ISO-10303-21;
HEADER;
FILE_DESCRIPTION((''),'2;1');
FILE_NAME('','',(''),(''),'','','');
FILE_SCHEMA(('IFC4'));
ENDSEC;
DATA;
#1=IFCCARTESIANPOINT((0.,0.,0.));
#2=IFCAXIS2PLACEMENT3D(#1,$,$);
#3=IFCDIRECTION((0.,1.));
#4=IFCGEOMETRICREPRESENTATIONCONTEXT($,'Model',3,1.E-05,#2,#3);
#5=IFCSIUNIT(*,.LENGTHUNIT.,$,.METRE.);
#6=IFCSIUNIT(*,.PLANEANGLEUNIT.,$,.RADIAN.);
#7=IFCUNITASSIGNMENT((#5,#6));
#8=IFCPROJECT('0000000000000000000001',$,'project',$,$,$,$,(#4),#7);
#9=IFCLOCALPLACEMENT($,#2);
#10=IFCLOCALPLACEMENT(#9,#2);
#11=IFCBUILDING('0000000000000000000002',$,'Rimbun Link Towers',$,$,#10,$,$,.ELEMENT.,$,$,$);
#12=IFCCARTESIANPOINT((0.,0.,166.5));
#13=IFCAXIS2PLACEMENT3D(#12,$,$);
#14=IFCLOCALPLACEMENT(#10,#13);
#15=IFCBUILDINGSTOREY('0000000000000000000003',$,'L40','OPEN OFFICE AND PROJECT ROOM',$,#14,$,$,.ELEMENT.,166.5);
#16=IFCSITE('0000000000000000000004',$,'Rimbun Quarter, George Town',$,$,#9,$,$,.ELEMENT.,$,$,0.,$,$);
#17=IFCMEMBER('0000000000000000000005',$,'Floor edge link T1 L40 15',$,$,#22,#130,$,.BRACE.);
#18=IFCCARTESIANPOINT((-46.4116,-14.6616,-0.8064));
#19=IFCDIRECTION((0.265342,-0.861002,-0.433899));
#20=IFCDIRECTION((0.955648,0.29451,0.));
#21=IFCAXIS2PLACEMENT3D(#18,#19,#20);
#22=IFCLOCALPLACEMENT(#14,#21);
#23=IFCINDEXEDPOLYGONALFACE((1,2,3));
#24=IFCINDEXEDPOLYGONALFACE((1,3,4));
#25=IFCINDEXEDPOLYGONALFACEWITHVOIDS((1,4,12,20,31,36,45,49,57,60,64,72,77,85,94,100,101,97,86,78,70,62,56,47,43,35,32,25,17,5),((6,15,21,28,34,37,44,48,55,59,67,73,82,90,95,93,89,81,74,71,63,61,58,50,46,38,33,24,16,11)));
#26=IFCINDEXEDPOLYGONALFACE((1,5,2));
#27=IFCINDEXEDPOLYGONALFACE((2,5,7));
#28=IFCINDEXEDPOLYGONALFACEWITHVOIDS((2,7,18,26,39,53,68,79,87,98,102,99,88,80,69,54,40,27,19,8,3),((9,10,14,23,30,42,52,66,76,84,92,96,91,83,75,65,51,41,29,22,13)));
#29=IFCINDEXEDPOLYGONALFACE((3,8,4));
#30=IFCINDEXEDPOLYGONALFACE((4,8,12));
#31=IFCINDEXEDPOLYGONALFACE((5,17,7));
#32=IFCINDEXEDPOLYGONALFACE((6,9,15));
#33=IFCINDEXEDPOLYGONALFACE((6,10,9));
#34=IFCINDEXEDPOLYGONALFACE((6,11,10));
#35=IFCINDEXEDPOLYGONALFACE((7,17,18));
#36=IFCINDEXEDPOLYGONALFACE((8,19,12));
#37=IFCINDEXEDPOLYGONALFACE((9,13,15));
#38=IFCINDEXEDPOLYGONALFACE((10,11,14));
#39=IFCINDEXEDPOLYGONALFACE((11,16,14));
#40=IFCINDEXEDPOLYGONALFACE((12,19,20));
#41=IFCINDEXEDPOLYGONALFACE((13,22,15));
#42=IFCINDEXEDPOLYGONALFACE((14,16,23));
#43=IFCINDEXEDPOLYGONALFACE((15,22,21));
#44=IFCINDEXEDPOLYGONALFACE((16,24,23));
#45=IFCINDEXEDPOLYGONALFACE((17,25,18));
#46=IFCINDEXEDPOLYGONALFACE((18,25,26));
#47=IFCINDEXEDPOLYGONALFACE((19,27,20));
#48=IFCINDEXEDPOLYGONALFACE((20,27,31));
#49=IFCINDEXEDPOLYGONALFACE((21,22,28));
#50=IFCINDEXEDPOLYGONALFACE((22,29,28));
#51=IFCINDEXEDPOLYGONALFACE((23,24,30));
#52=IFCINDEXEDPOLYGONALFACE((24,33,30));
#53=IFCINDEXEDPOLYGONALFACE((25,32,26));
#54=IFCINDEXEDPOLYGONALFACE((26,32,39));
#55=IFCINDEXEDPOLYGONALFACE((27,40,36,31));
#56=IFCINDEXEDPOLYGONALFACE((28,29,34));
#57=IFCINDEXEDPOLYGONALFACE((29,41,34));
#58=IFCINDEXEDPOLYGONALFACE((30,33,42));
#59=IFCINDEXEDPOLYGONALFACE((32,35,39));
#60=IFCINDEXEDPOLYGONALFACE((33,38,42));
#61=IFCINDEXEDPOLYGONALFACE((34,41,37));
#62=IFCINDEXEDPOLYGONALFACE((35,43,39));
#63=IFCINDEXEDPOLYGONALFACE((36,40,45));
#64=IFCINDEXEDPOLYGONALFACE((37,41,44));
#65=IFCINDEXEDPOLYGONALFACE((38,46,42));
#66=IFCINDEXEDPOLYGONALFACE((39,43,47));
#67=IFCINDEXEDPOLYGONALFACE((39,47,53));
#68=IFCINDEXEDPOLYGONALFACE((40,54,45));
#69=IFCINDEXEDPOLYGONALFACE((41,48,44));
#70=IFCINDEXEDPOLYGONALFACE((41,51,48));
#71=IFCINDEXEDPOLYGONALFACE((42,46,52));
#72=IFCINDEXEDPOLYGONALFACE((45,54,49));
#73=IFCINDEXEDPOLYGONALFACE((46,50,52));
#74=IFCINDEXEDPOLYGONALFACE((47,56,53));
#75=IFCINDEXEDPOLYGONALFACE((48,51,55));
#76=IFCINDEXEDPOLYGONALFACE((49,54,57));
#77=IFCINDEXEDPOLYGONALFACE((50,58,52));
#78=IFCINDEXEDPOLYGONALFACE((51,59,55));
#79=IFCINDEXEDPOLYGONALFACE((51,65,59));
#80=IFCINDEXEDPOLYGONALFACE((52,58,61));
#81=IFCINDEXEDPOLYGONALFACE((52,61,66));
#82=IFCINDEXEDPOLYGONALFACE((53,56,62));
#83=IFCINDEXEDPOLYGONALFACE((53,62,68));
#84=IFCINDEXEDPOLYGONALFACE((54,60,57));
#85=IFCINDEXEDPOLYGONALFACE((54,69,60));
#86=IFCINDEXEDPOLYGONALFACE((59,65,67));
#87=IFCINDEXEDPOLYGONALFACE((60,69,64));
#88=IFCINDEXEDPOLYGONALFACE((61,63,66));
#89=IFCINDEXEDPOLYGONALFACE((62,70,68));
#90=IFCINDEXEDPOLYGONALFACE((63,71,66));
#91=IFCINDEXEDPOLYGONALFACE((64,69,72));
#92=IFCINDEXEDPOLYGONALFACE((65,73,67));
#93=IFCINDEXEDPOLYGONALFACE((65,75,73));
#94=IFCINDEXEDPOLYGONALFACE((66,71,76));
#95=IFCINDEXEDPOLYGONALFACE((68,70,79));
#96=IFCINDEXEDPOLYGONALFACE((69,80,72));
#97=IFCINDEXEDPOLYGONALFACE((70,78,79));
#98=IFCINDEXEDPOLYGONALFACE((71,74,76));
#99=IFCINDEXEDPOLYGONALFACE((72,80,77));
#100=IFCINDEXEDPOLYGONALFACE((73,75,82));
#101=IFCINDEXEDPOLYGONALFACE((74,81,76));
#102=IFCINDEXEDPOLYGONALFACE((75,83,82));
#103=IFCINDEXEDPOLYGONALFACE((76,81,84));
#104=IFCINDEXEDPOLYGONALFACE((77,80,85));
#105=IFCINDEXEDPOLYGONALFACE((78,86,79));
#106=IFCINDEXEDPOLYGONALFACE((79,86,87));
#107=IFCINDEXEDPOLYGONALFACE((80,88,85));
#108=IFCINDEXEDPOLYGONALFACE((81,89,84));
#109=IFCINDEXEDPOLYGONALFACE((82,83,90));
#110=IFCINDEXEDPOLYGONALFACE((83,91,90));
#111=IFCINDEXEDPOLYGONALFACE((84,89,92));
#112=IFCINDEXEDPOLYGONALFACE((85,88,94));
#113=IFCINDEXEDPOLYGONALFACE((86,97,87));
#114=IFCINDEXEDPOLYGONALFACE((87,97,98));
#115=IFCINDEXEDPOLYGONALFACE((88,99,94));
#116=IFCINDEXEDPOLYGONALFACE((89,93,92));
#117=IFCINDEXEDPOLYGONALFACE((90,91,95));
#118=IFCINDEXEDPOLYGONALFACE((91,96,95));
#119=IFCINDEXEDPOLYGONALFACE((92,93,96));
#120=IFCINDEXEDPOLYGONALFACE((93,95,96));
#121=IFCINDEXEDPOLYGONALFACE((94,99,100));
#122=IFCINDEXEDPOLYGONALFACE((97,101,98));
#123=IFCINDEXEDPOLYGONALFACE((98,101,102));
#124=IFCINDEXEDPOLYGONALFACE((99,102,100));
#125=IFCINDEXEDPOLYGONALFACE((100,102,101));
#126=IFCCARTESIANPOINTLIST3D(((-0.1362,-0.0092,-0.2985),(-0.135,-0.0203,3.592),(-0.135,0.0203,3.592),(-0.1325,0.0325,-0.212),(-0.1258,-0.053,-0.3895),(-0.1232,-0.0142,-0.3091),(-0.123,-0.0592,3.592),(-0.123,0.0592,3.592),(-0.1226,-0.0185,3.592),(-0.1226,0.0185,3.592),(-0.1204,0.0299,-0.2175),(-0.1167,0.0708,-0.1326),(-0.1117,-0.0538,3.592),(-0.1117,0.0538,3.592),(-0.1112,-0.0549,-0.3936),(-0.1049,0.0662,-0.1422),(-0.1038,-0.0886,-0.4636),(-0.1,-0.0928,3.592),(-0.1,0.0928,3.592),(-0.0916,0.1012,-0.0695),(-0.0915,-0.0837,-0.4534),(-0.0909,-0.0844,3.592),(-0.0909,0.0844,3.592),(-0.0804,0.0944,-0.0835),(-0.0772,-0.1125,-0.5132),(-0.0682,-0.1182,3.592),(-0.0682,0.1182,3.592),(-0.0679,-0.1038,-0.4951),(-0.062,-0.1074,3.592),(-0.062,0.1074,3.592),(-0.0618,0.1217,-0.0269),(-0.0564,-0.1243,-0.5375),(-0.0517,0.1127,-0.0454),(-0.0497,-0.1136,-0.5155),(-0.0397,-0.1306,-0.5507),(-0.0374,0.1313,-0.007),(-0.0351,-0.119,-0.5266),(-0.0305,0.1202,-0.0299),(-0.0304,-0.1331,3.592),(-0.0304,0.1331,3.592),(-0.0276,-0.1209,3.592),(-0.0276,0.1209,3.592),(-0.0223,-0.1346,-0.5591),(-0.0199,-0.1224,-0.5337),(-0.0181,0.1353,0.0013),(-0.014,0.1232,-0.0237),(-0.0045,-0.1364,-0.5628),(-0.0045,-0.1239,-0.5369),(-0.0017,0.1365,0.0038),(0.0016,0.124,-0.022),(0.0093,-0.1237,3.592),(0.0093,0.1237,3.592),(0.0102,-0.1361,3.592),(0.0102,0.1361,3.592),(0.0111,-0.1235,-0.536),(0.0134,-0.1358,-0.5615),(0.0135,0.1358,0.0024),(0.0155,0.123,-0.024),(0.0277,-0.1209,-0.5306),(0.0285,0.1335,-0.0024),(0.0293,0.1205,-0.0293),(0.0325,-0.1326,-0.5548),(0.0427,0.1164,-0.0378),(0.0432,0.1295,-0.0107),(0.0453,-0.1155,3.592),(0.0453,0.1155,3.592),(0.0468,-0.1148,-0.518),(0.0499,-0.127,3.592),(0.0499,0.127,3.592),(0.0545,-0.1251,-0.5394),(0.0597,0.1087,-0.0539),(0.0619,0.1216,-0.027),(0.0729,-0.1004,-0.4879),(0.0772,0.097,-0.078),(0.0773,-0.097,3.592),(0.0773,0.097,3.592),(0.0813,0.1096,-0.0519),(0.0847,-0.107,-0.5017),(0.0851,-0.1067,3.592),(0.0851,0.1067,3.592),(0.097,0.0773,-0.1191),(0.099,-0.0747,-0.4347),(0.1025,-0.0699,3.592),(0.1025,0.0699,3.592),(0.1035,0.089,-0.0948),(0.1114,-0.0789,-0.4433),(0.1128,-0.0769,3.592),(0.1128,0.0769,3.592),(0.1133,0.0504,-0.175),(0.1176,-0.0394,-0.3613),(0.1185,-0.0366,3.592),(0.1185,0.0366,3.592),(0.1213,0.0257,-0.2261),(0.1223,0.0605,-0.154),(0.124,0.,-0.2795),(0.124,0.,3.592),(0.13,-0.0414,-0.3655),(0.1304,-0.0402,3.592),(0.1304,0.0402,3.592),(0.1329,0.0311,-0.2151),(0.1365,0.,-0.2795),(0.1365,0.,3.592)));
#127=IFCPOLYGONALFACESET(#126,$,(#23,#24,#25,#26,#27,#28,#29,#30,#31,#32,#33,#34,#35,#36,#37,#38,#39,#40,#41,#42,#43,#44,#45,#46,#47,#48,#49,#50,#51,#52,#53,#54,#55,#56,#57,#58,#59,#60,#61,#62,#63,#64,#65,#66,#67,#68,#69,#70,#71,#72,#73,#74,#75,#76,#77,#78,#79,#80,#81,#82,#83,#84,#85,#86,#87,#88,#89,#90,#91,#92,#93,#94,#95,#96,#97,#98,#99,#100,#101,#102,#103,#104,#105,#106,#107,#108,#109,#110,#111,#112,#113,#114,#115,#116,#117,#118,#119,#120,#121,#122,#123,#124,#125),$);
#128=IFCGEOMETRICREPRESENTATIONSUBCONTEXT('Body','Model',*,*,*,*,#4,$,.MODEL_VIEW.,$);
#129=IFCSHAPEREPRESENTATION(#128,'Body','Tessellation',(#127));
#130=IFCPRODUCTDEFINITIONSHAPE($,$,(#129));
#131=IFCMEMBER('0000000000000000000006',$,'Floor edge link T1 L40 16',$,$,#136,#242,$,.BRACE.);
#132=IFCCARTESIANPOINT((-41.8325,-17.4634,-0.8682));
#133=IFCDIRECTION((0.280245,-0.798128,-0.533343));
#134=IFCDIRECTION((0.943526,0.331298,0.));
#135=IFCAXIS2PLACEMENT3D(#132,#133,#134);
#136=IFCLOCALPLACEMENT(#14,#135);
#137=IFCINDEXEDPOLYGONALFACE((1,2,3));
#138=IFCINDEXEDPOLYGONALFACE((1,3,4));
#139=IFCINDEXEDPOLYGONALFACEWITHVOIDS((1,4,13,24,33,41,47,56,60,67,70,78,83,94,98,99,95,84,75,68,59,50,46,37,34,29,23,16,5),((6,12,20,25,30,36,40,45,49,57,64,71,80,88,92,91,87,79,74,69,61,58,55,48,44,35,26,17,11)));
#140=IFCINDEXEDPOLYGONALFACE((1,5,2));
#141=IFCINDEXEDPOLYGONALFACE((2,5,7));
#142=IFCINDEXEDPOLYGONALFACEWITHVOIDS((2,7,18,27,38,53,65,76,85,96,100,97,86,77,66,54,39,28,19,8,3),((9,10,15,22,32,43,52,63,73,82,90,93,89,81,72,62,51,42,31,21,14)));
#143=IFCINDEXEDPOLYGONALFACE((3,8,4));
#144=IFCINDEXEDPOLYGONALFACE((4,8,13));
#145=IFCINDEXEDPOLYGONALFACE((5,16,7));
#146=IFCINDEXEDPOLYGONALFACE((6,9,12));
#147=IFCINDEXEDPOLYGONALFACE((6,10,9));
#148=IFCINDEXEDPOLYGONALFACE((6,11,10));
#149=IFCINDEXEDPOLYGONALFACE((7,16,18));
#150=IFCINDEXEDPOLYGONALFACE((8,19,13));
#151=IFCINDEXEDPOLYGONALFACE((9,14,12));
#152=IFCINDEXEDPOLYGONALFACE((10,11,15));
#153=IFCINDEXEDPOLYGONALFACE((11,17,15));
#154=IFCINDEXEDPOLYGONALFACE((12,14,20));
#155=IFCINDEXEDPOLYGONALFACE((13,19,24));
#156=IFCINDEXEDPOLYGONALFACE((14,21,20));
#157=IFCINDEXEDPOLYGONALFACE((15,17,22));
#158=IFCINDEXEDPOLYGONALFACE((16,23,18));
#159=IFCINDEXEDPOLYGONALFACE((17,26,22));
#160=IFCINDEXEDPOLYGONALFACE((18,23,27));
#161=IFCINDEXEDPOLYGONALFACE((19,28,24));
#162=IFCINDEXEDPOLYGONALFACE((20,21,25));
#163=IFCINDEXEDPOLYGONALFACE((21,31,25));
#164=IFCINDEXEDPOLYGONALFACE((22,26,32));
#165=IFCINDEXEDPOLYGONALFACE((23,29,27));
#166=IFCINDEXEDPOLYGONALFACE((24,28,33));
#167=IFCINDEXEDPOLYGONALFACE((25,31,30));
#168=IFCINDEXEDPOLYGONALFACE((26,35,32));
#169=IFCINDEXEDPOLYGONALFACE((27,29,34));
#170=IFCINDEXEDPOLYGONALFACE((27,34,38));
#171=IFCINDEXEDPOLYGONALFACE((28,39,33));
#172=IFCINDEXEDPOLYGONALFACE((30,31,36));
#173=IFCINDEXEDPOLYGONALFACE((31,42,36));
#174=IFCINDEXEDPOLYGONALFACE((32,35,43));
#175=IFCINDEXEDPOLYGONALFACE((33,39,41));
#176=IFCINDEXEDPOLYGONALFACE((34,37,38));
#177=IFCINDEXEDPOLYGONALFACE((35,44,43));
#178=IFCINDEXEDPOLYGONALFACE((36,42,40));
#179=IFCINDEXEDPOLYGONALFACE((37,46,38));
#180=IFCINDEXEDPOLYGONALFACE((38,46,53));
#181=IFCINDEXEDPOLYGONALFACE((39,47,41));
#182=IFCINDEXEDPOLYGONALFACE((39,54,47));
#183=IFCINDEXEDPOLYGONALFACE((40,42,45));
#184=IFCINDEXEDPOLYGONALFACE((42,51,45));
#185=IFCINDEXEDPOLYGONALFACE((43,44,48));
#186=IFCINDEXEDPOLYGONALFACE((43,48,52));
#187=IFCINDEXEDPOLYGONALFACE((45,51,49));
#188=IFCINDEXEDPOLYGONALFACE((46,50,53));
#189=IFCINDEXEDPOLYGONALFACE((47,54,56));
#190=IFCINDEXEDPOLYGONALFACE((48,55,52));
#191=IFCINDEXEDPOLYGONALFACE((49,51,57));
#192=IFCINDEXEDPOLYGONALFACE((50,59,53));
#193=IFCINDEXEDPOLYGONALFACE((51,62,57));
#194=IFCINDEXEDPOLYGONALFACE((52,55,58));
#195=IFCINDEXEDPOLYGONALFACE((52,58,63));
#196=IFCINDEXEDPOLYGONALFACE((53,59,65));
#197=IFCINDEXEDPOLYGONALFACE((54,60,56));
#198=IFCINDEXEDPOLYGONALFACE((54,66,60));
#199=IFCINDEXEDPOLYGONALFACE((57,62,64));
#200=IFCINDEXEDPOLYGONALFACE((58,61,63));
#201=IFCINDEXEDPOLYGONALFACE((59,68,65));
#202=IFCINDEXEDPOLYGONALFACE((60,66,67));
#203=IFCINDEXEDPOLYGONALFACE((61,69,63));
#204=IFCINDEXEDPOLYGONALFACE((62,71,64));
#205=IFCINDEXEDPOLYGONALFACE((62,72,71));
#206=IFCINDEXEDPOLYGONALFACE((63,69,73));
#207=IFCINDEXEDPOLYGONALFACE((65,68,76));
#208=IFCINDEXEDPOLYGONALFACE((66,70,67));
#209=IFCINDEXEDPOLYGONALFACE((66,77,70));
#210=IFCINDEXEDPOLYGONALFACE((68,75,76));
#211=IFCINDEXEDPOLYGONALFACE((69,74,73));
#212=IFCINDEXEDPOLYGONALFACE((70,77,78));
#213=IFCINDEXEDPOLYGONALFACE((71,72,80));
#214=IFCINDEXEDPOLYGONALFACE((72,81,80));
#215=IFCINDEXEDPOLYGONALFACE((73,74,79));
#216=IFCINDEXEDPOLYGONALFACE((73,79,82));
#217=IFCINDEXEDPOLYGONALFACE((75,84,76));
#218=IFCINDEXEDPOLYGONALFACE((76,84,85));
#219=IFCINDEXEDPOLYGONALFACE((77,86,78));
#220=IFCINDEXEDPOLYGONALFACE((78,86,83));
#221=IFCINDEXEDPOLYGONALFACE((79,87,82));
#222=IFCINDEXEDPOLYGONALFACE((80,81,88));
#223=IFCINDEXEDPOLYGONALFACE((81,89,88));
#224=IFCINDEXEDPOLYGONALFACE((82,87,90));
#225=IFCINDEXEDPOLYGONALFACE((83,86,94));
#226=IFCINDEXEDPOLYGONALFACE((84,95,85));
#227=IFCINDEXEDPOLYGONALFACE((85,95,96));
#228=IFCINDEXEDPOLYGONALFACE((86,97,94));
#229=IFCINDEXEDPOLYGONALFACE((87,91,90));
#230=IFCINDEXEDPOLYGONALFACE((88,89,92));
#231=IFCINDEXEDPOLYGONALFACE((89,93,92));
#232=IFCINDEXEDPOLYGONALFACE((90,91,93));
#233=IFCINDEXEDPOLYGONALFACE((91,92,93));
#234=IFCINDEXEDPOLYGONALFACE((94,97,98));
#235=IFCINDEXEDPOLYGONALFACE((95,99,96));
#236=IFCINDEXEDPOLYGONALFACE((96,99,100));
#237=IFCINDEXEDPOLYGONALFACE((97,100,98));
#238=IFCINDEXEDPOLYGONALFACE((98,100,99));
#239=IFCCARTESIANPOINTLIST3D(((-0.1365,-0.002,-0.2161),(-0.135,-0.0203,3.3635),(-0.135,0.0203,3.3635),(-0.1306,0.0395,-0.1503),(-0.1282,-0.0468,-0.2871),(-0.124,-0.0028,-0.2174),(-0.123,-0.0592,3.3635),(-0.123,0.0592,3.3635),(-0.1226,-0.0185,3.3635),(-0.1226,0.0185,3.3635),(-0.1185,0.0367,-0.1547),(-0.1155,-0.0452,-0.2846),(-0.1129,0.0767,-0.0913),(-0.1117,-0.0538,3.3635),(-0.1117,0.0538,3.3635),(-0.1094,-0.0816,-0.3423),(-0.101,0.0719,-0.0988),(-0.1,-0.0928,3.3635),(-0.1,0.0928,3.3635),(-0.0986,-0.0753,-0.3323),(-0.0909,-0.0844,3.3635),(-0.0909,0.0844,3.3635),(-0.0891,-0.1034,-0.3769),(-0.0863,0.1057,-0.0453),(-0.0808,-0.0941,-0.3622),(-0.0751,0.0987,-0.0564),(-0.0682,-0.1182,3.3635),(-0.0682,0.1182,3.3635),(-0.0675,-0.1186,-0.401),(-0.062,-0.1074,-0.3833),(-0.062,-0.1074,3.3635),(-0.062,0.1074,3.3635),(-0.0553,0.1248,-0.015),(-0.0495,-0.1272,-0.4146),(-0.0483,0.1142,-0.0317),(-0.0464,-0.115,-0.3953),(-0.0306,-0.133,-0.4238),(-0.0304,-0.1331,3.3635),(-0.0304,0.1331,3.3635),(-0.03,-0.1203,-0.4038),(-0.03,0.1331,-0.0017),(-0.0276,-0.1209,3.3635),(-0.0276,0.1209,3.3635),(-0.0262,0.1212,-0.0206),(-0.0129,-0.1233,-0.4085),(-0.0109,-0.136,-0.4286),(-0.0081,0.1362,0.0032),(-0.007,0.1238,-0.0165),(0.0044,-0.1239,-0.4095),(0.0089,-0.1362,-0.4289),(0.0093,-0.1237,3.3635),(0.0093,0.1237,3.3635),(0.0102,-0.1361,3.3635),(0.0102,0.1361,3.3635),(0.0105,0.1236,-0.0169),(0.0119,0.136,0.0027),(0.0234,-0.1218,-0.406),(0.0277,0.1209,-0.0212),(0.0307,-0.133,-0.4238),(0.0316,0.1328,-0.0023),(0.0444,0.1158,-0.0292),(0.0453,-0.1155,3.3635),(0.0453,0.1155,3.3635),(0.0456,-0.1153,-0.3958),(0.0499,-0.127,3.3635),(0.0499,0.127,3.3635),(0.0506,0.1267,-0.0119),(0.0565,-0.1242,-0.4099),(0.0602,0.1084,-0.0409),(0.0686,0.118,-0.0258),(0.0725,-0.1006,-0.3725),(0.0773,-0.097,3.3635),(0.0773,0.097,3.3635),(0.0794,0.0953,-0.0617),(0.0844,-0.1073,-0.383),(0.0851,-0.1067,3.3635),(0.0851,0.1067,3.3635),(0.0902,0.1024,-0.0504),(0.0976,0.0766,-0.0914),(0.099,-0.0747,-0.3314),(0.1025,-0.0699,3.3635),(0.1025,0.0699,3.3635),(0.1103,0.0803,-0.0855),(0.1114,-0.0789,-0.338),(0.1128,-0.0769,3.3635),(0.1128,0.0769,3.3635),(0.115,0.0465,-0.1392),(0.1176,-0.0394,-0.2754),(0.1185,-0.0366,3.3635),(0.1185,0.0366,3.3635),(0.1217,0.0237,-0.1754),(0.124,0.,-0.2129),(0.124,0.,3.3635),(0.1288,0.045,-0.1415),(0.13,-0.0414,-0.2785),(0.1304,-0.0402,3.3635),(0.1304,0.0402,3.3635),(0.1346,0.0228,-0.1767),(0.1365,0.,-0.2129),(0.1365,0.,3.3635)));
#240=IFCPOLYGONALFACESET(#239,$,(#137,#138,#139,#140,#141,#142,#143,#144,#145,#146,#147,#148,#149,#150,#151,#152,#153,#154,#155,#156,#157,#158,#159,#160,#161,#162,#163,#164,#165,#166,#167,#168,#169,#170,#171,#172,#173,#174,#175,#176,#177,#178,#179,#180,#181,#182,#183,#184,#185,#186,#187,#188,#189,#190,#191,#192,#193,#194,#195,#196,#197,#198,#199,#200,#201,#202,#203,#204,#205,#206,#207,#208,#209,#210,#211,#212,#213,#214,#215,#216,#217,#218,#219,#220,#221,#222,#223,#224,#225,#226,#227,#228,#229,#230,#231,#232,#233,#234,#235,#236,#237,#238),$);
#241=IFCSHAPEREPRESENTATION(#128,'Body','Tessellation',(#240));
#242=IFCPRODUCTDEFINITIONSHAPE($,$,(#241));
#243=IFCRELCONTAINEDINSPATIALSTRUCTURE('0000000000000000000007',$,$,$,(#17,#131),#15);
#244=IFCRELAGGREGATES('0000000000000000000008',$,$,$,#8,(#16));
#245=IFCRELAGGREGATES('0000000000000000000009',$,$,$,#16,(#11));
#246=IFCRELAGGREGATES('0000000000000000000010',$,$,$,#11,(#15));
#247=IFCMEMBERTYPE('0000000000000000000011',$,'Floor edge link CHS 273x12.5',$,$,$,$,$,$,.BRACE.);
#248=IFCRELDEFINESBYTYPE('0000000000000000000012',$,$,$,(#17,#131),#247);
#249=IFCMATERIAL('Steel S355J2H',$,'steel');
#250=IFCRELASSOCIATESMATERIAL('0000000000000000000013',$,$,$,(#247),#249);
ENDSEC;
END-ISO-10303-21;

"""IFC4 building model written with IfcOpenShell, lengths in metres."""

from ifc_helpers import new_model, si_unit, direction, frame, origin, origin_2d, place, context, subcontext, project, spatial, hollow_circle, extrude, clip, halfspace, material, material_profile, profile_set, type_object, element, save


model = new_model("IFC4")

# Units and contexts
model_context = context("Model", 3, precision=1e-05, world=origin(), true_north=direction((0.0, 1.0)))
body_context = subcontext(model_context, "Body", "Model", "MODEL_VIEW")
ifc_project = project(units=[si_unit("LENGTHUNIT", "METRE"), si_unit("PLANEANGLEUNIT", "RADIAN")], contexts=[model_context])

# Site, building, storey
site_placement = place(None, origin())
site = spatial("IfcSite", under=ifc_project, at=site_placement, Name="Rimbun Quarter, George Town", CompositionType="ELEMENT", RefElevation=0.0)
building_placement = place(site_placement, origin())
building = spatial("IfcBuilding", under=site, at=building_placement, Name="Rimbun Link Towers", CompositionType="ELEMENT")
storey_placement = place(building_placement, frame((0.0, 0.0, 166.5)))
storey = spatial("IfcBuildingStorey", under=building, at=storey_placement, Name="L40", Description="OPEN OFFICE AND PROJECT ROOM", CompositionType="ELEMENT", Elevation=166.5)

# Members
ifc_material_1 = material(Name="Steel S355J2H", Category="steel")
ifc_material_profile_1 = material_profile(ifc_material_1, hollow_circle(Radius=0.1365, WallThickness=0.0125, at=origin_2d()), Name="CHS 273x12.5")
ifc_profile_set_1 = profile_set([ifc_material_profile_1], Name="Steel S355J2H")
member_type_1 = type_object("IfcMemberType", Name="Floor edge link CHS 273x12.5", PredefinedType="BRACE", material=ifc_profile_set_1)
member_1_placement = place(storey_placement, frame((-46.4116, -14.6616, -0.8064), z_axis=(0.265342, -0.861002, -0.433899), x_axis=(0.955648, 0.29451, 0.0)))
element("IfcMember", 1, at=member_1_placement, inside=storey, type_object=member_type_1, Name="Floor edge link T1 L40 15", PredefinedType="BRACE", context=body_context, shape_type="Clipping", body=[
    clip(extrude(hollow_circle(Radius=0.1365, WallThickness=0.0125, at=origin_2d()), frame((0.0, 0.0, -0.5901)), (0.0, 0.0, 1.0), 4.1821), halfspace(frame((0.0, 0.0, -0.2795), z_axis=(0.0, 0.900961, -0.433899)), False)),
])
member_2_placement = place(storey_placement, frame((-41.8325, -17.4634, -0.8682), z_axis=(0.280245, -0.798128, -0.533343), x_axis=(0.943526, 0.331298, 0.0)))
element("IfcMember", 2, at=member_2_placement, inside=storey, type_object=member_type_1, Name="Floor edge link T1 L40 16", PredefinedType="BRACE", context=body_context, shape_type="Clipping", body=[
    clip(extrude(hollow_circle(Radius=0.1365, WallThickness=0.0125, at=origin_2d()), frame((0.0, 0.0, -0.4519)), (0.0, 0.0, 1.0), 3.8154), halfspace(frame((0.0, 0.0, -0.2129), z_axis=(0.0, 0.845899, -0.533343)), False)),
])

save(model, "model.ifc")
